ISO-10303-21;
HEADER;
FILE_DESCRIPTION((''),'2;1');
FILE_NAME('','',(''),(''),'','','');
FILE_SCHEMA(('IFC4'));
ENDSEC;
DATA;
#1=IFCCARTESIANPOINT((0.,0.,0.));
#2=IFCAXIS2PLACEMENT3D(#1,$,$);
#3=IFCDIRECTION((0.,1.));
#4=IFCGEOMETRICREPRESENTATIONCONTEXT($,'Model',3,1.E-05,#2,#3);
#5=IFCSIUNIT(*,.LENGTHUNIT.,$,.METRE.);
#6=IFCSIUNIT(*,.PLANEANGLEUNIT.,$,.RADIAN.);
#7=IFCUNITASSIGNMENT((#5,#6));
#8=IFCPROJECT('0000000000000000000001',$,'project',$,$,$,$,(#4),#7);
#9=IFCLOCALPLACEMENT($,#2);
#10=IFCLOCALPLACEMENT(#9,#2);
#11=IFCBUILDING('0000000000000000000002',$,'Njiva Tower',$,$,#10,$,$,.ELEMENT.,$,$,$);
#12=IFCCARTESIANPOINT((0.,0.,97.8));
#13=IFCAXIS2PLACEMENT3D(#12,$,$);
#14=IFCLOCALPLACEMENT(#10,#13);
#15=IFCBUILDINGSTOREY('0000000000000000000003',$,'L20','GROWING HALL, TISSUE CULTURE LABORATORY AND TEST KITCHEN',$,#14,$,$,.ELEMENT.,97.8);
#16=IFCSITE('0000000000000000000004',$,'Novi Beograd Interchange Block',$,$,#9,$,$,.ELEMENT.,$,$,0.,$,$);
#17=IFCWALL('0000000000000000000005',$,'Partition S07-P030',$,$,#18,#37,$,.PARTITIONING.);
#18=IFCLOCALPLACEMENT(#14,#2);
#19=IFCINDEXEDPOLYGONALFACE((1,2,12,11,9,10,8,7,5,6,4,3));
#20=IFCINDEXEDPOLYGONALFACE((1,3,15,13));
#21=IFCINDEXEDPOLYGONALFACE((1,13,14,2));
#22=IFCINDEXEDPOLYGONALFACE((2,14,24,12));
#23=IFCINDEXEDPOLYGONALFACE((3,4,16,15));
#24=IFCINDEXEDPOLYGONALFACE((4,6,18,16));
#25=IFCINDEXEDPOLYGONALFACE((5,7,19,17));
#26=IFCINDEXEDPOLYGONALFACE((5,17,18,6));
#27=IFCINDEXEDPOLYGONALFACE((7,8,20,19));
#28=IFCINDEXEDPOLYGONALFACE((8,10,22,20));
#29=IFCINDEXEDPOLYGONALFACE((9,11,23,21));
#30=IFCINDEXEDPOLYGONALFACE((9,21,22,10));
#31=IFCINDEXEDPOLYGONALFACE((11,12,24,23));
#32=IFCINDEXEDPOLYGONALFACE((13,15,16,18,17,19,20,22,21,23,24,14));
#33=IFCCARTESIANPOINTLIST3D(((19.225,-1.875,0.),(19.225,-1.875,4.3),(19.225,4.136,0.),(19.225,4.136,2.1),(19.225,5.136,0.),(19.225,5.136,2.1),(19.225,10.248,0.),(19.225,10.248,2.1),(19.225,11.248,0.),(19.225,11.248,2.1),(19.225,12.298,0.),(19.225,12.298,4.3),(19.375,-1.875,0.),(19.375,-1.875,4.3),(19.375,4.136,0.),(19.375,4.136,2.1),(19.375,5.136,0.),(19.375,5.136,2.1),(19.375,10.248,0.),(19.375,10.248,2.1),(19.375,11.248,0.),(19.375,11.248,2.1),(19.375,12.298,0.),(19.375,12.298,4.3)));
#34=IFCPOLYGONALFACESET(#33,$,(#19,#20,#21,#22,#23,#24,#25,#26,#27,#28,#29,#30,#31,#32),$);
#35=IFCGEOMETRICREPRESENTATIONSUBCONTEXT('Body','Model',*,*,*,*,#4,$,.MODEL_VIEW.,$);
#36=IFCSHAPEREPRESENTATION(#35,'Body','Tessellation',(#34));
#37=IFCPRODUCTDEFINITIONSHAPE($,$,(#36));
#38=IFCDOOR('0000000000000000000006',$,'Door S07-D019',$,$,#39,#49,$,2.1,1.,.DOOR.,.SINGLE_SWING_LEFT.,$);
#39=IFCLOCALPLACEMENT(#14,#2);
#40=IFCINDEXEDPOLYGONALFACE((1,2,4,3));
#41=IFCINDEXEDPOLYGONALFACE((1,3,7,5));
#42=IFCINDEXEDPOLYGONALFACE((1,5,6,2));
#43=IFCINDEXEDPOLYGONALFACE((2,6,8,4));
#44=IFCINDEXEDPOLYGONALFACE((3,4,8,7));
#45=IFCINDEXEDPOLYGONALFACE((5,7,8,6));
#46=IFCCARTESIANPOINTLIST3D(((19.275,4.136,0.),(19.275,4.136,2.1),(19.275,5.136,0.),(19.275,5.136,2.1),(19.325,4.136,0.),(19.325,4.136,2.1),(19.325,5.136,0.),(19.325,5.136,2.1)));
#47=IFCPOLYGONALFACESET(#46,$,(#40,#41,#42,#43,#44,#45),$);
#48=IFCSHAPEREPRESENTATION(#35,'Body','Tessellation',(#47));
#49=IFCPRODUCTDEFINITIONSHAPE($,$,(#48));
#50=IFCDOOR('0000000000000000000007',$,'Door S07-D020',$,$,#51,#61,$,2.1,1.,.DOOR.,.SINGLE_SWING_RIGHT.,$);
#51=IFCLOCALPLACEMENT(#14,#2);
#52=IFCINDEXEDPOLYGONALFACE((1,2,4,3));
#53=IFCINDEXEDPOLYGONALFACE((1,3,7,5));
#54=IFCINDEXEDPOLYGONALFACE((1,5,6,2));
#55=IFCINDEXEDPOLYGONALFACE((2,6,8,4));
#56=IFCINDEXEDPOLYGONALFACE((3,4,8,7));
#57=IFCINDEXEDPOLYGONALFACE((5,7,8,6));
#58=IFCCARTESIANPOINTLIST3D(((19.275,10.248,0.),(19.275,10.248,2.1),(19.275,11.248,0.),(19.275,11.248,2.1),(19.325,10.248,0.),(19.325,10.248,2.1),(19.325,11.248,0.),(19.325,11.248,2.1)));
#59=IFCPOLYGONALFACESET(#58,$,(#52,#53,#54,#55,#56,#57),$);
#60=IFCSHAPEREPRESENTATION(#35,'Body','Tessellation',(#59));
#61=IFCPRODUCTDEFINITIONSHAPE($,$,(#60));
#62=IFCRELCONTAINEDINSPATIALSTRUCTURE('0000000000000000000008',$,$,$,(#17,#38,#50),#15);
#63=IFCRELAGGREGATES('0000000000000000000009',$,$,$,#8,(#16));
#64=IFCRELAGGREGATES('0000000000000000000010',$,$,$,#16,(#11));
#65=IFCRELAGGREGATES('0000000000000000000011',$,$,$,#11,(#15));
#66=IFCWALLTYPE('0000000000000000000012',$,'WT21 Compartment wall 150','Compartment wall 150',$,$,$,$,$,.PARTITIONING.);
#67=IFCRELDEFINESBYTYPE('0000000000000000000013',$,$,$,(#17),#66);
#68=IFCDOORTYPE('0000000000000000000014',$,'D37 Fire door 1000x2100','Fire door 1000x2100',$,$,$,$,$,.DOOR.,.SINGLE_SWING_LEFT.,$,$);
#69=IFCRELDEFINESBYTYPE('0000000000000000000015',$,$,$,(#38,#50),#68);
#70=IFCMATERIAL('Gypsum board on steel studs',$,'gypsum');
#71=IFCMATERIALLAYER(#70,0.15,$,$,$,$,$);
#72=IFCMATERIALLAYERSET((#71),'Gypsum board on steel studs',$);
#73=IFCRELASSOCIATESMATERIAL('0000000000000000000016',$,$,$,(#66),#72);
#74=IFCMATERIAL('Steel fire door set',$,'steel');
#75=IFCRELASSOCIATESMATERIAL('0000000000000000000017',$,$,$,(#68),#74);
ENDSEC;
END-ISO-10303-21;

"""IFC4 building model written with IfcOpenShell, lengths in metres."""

from ifc_helpers import new_model, si_unit, direction, frame, frame_2d, origin, place, context, subcontext, project, spatial, rectangle, extrude, material, layer, layer_set, type_object, element, fill, save


model = new_model("IFC4")

# Units and contexts
model_context = context("Model", 3, precision=1e-05, world=origin(), true_north=direction((0.0, 1.0)))
body_context = subcontext(model_context, "Body", "Model", "MODEL_VIEW")
ifc_project = project(units=[si_unit("LENGTHUNIT", "METRE"), si_unit("PLANEANGLEUNIT", "RADIAN")], contexts=[model_context])

# Site, building, storey
site_placement = place(None, origin())
site = spatial("IfcSite", under=ifc_project, at=site_placement, Name="Novi Beograd Interchange Block", CompositionType="ELEMENT", RefElevation=0.0)
building_placement = place(site_placement, origin())
building = spatial("IfcBuilding", under=site, at=building_placement, Name="Njiva Tower", CompositionType="ELEMENT")
storey_placement = place(building_placement, frame((0.0, 0.0, 97.8)))
storey = spatial("IfcBuildingStorey", under=building, at=storey_placement, Name="L20", Description="GROWING HALL, TISSUE CULTURE LABORATORY AND TEST KITCHEN", CompositionType="ELEMENT", Elevation=97.8)

# Shared definitions
ifc_material_1 = material(Name="Gypsum board on steel studs", Category="gypsum")
ifc_layer_1 = layer(ifc_material_1, 0.15)
ifc_layer_set_1 = layer_set([ifc_layer_1], Name="Gypsum board on steel studs")
wall_type_1 = type_object("IfcWallType", Name="WT21 Compartment wall 150", Description="Compartment wall 150", PredefinedType="PARTITIONING", material=ifc_layer_set_1)

# Shared definitions
ifc_material_2 = material(Name="Steel fire door set", Category="steel")
door_type = type_object("IfcDoorType", Name="D37 Fire door 1000x2100", Description="Fire door 1000x2100", OperationType="SINGLE_SWING_LEFT", PredefinedType="DOOR", material=ifc_material_2)

# Wall, openings, doors
wall_1_placement = place(storey_placement, frame((19.3, -1.875, 0.0), z_axis=(0.0, 0.0, 1.0), x_axis=(0.0, 1.0, 0.0)))
wall_1 = element("IfcWall", 1, at=wall_1_placement, inside=storey, type_object=wall_type_1, Name="Partition S07-P030", PredefinedType="PARTITIONING", context=body_context, shape_type="SweptSolid", body=[
    extrude(rectangle(XDim=14.173, YDim=0.15, at=frame_2d((7.0865, 0.0))), origin(), (0.0, 0.0, 1.0), 4.3),
])
opening_1_placement = place(wall_1_placement, frame((6.011, 0.0, 0.0)))
opening_1 = element("IfcOpeningElement", 2, at=opening_1_placement, cuts=wall_1, PredefinedType="OPENING", context=body_context, shape_type="SweptSolid", body=[
    extrude(rectangle(XDim=1.0, YDim=2.1, at=frame_2d((0.5, 1.05))), frame((0.0, 0.085, 0.0), z_axis=(0.0, -1.0, 0.0), x_axis=(1.0, 0.0, 0.0)), (0.0, 0.0, 1.0), 0.17),
])
opening_2_placement = place(wall_1_placement, frame((12.123, 0.0, 0.0)))
opening_2 = element("IfcOpeningElement", 3, at=opening_2_placement, cuts=wall_1, PredefinedType="OPENING", context=body_context, shape_type="SweptSolid", body=[
    extrude(rectangle(XDim=1.0, YDim=2.1, at=frame_2d((0.5, 1.05))), frame((0.0, 0.085, 0.0), z_axis=(0.0, -1.0, 0.0), x_axis=(1.0, 0.0, 0.0)), (0.0, 0.0, 1.0), 0.17),
])
door_1_placement = place(opening_1_placement, origin())
door_1 = element("IfcDoor", 4, at=door_1_placement, inside=storey, type_object=door_type, Name="Door S07-D019", OperationType="SINGLE_SWING_LEFT", OverallHeight=2.1, OverallWidth=1.0, PredefinedType="DOOR", context=body_context, shape_type="SweptSolid", body=[
    extrude(rectangle(XDim=1.0, YDim=2.1, at=frame_2d((0.5, 1.05))), frame((0.0, 0.025, 0.0), z_axis=(0.0, -1.0, 0.0), x_axis=(1.0, 0.0, 0.0)), (0.0, 0.0, 1.0), 0.05),
])
fill(opening_1, door_1)
door_2_placement = place(opening_2_placement, origin())
door_2 = element("IfcDoor", 5, at=door_2_placement, inside=storey, type_object=door_type, Name="Door S07-D020", OperationType="SINGLE_SWING_RIGHT", OverallHeight=2.1, OverallWidth=1.0, PredefinedType="DOOR", context=body_context, shape_type="SweptSolid", body=[
    extrude(rectangle(XDim=1.0, YDim=2.1, at=frame_2d((0.5, 1.05))), frame((0.0, 0.025, 0.0), z_axis=(0.0, -1.0, 0.0), x_axis=(1.0, 0.0, 0.0)), (0.0, 0.0, 1.0), 0.05),
])
fill(opening_2, door_2)

save(model, "model.ifc")
